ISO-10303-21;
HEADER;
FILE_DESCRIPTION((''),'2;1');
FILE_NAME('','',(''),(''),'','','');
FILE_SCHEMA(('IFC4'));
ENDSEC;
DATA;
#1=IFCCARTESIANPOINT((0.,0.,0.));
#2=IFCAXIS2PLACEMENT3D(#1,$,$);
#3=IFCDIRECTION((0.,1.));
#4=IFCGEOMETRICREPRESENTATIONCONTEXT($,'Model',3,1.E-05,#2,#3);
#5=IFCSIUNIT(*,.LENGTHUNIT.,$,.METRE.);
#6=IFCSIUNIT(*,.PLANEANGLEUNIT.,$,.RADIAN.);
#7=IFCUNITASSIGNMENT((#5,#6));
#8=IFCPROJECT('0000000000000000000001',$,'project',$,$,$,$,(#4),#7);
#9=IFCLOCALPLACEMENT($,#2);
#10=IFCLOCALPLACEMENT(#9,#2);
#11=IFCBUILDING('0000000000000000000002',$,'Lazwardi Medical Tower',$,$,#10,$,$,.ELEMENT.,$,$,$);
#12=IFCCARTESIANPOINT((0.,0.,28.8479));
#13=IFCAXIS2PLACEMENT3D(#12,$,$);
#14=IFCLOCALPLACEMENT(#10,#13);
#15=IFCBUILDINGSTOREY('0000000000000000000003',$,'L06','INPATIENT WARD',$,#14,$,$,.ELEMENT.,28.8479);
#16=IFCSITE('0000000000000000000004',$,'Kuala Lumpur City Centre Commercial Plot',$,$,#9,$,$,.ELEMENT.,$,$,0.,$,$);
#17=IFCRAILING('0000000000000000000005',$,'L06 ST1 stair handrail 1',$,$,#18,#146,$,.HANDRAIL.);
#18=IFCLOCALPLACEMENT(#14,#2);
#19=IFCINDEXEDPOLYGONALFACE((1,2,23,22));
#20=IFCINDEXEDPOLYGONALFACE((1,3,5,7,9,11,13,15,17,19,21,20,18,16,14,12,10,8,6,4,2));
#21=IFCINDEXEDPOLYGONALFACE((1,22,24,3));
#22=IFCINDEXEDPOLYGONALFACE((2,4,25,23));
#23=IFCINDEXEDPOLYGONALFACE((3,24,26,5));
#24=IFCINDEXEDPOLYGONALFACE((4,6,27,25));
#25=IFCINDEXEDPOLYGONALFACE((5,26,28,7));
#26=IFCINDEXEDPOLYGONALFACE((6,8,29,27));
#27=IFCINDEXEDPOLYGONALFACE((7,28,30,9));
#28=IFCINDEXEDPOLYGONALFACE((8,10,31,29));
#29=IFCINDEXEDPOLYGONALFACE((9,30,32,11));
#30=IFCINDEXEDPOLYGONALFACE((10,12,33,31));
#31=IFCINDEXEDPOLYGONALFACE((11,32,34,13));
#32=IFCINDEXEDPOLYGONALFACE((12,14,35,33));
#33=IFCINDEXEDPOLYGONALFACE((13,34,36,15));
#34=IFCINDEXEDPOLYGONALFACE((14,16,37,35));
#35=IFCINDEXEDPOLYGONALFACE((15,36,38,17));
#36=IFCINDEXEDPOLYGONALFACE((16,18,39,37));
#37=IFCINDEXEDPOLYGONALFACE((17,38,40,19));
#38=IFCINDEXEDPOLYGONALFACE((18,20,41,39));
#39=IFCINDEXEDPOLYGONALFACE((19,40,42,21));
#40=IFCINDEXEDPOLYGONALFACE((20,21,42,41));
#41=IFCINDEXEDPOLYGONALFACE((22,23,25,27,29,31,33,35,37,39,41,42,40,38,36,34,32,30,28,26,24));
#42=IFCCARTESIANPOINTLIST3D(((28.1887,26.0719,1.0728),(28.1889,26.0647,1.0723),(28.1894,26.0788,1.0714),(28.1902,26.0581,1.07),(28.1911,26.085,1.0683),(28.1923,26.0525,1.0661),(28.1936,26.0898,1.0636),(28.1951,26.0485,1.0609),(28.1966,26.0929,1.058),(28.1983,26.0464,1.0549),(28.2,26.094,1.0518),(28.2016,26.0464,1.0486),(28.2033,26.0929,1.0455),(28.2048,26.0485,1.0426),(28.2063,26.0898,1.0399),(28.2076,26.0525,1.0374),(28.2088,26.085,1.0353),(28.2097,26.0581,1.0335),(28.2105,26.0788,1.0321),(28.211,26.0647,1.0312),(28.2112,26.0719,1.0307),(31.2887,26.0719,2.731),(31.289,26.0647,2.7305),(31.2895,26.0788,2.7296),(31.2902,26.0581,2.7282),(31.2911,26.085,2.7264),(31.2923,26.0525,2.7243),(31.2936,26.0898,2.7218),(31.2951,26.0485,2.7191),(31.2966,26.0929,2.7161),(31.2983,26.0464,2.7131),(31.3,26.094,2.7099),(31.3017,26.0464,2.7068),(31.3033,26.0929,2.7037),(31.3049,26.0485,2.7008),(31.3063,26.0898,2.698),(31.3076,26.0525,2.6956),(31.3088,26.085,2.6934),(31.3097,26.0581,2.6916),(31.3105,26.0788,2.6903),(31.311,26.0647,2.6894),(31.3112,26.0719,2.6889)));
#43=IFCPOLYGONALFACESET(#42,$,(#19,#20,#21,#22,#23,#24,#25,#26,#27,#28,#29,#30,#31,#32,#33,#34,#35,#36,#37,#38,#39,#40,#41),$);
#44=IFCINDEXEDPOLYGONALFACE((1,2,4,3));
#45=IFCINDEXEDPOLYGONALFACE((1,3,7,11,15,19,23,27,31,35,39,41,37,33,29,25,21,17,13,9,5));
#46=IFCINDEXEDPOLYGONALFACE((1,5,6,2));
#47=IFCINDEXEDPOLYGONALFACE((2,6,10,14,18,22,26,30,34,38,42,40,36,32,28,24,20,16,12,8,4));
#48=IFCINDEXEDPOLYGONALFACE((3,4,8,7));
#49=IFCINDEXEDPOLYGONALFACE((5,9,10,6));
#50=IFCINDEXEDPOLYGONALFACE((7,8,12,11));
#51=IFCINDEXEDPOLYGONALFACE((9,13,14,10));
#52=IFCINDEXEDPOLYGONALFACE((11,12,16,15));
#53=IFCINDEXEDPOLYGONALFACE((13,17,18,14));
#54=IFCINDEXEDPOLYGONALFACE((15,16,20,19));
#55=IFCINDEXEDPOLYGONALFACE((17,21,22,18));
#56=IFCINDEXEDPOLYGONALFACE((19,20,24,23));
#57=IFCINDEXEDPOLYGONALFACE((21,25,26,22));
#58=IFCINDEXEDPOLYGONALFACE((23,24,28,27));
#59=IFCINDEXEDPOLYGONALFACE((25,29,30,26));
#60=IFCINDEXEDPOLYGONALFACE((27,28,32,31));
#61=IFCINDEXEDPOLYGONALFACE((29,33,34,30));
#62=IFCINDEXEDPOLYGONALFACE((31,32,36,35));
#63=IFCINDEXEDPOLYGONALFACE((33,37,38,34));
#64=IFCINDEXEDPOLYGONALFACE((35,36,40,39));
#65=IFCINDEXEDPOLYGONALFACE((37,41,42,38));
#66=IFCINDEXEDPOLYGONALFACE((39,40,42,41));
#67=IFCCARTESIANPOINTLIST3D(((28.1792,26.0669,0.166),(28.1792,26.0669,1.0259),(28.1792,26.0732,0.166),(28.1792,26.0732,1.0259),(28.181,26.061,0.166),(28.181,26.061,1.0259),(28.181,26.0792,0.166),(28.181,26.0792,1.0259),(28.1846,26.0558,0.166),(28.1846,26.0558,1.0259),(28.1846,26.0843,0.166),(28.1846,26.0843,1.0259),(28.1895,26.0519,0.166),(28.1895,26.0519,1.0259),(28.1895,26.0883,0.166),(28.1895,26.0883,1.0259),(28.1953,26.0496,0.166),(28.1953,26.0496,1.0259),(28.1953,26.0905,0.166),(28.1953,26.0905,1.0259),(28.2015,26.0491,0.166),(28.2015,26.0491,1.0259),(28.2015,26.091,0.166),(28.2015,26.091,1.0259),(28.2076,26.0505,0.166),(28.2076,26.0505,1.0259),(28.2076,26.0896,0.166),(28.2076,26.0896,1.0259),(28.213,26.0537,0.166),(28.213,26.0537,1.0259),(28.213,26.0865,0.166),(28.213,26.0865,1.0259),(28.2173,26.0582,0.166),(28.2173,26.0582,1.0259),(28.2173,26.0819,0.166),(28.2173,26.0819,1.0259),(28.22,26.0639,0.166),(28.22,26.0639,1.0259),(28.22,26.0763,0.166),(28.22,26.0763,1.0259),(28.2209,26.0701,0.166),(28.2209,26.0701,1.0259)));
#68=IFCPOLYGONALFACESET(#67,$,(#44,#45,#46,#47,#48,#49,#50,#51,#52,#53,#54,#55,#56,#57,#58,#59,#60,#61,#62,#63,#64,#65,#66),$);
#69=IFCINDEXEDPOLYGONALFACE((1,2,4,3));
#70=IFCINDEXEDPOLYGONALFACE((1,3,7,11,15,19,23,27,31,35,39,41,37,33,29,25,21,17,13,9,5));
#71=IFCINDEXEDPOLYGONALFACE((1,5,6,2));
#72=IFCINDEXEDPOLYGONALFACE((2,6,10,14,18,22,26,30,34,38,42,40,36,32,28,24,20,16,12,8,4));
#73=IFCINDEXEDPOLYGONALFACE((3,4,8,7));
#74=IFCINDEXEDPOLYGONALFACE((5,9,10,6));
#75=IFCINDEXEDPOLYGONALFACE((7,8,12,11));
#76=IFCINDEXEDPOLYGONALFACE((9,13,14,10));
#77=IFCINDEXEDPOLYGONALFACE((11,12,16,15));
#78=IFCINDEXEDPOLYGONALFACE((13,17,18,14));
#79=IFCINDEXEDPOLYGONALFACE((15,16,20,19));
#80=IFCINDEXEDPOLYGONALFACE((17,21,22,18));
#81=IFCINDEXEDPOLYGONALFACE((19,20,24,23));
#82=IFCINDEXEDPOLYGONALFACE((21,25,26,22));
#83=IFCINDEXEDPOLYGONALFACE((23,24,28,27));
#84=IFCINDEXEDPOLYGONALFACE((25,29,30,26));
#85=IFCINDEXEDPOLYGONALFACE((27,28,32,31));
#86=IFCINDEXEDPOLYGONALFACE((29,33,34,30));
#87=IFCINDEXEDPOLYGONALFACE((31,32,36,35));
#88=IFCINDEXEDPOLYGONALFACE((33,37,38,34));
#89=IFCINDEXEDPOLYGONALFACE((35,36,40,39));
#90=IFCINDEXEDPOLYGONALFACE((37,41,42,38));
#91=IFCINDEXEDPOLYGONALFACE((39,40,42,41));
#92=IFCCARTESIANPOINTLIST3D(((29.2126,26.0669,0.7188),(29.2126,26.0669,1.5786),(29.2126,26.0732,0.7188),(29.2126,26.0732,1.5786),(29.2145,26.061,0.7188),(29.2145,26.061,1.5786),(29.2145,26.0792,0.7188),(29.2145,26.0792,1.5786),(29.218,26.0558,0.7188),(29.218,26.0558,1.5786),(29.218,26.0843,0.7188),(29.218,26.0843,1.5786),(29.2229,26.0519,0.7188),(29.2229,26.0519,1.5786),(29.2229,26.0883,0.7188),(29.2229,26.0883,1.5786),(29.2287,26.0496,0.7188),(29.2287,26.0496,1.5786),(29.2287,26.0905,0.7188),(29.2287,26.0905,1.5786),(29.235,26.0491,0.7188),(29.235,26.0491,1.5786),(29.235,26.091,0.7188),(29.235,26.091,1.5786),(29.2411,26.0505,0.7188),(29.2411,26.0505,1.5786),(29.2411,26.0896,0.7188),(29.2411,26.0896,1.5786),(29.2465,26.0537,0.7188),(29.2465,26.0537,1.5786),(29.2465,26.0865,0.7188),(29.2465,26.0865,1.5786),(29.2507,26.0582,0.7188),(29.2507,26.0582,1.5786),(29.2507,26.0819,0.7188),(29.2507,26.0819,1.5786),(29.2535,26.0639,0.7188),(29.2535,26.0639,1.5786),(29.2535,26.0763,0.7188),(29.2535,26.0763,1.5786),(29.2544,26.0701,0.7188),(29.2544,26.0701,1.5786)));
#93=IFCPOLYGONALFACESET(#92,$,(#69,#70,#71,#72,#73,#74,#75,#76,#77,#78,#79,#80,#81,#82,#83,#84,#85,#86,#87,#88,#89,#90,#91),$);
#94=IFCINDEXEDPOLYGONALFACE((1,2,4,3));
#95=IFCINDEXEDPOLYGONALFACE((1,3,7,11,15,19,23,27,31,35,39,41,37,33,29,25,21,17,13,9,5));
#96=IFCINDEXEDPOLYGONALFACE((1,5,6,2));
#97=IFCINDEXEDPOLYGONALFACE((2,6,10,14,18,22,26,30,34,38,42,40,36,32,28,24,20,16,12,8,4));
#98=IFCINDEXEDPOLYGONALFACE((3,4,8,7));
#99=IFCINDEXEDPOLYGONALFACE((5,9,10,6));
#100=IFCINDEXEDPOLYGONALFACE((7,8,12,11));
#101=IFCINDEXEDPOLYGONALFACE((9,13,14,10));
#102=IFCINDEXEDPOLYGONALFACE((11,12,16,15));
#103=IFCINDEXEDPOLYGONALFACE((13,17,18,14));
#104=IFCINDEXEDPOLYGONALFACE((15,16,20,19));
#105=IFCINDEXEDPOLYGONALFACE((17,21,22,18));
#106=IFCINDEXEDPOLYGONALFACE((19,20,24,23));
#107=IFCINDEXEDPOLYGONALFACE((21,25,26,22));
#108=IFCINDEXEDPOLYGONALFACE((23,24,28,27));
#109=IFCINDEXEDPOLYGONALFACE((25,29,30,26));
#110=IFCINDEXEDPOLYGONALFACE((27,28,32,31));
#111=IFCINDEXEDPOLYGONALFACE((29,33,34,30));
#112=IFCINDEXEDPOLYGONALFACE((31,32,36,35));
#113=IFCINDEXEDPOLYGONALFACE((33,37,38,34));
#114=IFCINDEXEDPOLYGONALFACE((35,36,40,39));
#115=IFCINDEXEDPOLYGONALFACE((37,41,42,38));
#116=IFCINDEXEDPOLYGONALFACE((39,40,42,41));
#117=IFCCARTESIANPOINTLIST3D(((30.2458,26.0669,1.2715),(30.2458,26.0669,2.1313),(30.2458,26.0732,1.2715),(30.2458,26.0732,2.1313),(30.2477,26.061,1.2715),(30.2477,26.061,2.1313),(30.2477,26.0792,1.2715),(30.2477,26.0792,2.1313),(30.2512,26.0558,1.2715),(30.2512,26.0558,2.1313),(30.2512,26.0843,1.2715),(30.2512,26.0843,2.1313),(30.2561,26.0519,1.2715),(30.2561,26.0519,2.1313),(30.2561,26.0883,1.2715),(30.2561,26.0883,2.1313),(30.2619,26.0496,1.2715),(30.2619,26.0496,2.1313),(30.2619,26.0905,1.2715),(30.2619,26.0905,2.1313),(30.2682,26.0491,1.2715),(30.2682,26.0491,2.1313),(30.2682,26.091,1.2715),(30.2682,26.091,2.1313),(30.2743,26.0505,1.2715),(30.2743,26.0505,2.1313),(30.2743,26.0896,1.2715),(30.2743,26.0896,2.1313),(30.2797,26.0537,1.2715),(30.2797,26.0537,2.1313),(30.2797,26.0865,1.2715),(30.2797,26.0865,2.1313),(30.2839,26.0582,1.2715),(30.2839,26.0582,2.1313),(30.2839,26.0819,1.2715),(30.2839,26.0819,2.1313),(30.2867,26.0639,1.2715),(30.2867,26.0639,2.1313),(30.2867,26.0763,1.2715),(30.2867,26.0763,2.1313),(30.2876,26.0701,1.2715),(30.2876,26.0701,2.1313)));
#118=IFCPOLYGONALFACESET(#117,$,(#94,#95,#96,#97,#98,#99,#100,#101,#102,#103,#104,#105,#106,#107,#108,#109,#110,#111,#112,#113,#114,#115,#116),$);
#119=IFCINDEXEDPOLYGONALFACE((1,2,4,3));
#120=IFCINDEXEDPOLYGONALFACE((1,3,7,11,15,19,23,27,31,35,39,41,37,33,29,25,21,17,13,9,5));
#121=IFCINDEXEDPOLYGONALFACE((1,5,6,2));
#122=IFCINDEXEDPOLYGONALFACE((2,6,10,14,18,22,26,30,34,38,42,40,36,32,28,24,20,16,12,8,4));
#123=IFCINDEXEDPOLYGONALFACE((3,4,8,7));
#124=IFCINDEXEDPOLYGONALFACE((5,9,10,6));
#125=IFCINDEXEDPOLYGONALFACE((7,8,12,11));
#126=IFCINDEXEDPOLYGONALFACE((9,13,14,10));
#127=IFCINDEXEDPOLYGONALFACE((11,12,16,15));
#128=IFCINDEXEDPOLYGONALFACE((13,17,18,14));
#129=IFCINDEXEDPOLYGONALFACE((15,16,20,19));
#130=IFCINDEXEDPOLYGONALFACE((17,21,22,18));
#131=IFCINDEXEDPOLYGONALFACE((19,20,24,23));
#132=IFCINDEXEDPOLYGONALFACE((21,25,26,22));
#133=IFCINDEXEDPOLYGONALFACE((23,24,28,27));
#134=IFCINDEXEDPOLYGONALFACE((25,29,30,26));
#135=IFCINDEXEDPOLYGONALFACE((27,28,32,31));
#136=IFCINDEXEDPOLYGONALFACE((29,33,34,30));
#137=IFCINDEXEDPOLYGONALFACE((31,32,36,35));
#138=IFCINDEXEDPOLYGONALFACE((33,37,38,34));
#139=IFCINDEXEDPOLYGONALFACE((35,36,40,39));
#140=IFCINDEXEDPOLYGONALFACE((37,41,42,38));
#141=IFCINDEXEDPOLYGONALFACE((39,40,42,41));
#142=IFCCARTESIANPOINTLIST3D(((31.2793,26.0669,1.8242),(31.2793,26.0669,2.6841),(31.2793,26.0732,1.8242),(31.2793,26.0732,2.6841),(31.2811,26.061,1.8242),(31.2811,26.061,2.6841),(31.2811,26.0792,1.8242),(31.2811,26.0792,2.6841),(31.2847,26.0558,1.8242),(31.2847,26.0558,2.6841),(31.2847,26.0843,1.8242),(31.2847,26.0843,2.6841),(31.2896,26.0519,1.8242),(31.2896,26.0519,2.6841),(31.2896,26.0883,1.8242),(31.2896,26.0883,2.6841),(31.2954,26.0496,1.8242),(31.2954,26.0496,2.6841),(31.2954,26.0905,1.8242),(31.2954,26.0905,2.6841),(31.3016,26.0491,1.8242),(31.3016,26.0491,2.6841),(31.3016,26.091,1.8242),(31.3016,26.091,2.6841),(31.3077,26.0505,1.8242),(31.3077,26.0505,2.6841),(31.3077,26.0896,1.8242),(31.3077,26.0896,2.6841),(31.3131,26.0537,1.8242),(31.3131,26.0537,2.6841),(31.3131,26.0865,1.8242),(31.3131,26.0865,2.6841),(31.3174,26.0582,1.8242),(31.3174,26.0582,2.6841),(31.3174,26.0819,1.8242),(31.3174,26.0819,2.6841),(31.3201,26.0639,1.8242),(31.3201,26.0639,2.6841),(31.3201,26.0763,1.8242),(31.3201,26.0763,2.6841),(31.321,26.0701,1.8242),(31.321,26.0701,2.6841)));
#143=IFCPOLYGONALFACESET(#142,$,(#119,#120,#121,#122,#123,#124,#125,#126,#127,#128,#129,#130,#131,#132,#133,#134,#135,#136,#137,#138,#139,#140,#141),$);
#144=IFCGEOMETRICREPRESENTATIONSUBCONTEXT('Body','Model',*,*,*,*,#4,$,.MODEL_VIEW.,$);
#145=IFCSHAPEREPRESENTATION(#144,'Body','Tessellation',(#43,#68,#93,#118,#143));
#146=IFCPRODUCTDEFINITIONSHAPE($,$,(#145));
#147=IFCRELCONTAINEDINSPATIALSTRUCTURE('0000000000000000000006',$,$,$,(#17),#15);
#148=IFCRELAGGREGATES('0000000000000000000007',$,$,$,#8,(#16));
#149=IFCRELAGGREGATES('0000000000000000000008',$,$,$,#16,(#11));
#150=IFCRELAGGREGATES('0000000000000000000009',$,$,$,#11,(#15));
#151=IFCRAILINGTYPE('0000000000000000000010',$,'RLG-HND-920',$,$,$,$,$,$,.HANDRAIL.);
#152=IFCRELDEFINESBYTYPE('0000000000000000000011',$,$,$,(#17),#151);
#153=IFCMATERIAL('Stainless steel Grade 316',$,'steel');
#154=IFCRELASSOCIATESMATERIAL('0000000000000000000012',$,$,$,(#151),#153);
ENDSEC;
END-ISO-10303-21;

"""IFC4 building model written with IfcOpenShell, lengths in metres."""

from ifc_helpers import new_model, si_unit, direction, frame, origin, origin_2d, place, context, subcontext, project, spatial, circle, extrude, material, type_object, element, save


model = new_model("IFC4")

# Units and contexts
model_context = context("Model", 3, precision=1e-05, world=origin(), true_north=direction((0.0, 1.0)))
body_context = subcontext(model_context, "Body", "Model", "MODEL_VIEW")
ifc_project = project(units=[si_unit("LENGTHUNIT", "METRE"), si_unit("PLANEANGLEUNIT", "RADIAN")], contexts=[model_context])

# Site, building, storey
site_placement = place(None, origin())
site = spatial("IfcSite", under=ifc_project, at=site_placement, Name="Kuala Lumpur City Centre Commercial Plot", CompositionType="ELEMENT", RefElevation=0.0)
building_placement = place(site_placement, origin())
building = spatial("IfcBuilding", under=site, at=building_placement, Name="Lazwardi Medical Tower", CompositionType="ELEMENT")
storey_placement = place(building_placement, frame((0.0, 0.0, 28.8479)))
storey = spatial("IfcBuildingStorey", under=building, at=storey_placement, Name="L06", Description="INPATIENT WARD", CompositionType="ELEMENT", Elevation=28.8479)

# Railing
ifc_material_1 = material(Name="Stainless steel Grade 316", Category="steel")
railing_type_1 = type_object("IfcRailingType", Name="RLG-HND-920", PredefinedType="HANDRAIL", material=ifc_material_1)
railing_1_placement = place(storey_placement, frame((28.2, 26.0701, 0.166)))
element("IfcRailing", 1, at=railing_1_placement, inside=storey, type_object=railing_type_1, Name="L06 ST1 stair handrail 1", PredefinedType="HANDRAIL", context=body_context, shape_type="SweptSolid", body=[
    extrude(circle(Radius=0.0239, at=origin_2d()), frame((0.0, 0.0, 0.8857), z_axis=(0.881783, 0.0, 0.471655), x_axis=(0.0, 1.0, 0.0)), (0.0, 0.0, 1.0), 3.5156),
    extrude(circle(Radius=0.021, at=origin_2d()), origin(), (0.0, 0.0, 1.0), 0.8599),
    extrude(circle(Radius=0.021, at=origin_2d()), frame((1.0334, 0.0, 0.5527)), (0.0, 0.0, 1.0), 0.8599),
    extrude(circle(Radius=0.021, at=origin_2d()), frame((2.0667, 0.0, 1.1055)), (0.0, 0.0, 1.0), 0.8599),
    extrude(circle(Radius=0.021, at=origin_2d()), frame((3.1001, 0.0, 1.6582)), (0.0, 0.0, 1.0), 0.8599),
])

save(model, "model.ifc")
